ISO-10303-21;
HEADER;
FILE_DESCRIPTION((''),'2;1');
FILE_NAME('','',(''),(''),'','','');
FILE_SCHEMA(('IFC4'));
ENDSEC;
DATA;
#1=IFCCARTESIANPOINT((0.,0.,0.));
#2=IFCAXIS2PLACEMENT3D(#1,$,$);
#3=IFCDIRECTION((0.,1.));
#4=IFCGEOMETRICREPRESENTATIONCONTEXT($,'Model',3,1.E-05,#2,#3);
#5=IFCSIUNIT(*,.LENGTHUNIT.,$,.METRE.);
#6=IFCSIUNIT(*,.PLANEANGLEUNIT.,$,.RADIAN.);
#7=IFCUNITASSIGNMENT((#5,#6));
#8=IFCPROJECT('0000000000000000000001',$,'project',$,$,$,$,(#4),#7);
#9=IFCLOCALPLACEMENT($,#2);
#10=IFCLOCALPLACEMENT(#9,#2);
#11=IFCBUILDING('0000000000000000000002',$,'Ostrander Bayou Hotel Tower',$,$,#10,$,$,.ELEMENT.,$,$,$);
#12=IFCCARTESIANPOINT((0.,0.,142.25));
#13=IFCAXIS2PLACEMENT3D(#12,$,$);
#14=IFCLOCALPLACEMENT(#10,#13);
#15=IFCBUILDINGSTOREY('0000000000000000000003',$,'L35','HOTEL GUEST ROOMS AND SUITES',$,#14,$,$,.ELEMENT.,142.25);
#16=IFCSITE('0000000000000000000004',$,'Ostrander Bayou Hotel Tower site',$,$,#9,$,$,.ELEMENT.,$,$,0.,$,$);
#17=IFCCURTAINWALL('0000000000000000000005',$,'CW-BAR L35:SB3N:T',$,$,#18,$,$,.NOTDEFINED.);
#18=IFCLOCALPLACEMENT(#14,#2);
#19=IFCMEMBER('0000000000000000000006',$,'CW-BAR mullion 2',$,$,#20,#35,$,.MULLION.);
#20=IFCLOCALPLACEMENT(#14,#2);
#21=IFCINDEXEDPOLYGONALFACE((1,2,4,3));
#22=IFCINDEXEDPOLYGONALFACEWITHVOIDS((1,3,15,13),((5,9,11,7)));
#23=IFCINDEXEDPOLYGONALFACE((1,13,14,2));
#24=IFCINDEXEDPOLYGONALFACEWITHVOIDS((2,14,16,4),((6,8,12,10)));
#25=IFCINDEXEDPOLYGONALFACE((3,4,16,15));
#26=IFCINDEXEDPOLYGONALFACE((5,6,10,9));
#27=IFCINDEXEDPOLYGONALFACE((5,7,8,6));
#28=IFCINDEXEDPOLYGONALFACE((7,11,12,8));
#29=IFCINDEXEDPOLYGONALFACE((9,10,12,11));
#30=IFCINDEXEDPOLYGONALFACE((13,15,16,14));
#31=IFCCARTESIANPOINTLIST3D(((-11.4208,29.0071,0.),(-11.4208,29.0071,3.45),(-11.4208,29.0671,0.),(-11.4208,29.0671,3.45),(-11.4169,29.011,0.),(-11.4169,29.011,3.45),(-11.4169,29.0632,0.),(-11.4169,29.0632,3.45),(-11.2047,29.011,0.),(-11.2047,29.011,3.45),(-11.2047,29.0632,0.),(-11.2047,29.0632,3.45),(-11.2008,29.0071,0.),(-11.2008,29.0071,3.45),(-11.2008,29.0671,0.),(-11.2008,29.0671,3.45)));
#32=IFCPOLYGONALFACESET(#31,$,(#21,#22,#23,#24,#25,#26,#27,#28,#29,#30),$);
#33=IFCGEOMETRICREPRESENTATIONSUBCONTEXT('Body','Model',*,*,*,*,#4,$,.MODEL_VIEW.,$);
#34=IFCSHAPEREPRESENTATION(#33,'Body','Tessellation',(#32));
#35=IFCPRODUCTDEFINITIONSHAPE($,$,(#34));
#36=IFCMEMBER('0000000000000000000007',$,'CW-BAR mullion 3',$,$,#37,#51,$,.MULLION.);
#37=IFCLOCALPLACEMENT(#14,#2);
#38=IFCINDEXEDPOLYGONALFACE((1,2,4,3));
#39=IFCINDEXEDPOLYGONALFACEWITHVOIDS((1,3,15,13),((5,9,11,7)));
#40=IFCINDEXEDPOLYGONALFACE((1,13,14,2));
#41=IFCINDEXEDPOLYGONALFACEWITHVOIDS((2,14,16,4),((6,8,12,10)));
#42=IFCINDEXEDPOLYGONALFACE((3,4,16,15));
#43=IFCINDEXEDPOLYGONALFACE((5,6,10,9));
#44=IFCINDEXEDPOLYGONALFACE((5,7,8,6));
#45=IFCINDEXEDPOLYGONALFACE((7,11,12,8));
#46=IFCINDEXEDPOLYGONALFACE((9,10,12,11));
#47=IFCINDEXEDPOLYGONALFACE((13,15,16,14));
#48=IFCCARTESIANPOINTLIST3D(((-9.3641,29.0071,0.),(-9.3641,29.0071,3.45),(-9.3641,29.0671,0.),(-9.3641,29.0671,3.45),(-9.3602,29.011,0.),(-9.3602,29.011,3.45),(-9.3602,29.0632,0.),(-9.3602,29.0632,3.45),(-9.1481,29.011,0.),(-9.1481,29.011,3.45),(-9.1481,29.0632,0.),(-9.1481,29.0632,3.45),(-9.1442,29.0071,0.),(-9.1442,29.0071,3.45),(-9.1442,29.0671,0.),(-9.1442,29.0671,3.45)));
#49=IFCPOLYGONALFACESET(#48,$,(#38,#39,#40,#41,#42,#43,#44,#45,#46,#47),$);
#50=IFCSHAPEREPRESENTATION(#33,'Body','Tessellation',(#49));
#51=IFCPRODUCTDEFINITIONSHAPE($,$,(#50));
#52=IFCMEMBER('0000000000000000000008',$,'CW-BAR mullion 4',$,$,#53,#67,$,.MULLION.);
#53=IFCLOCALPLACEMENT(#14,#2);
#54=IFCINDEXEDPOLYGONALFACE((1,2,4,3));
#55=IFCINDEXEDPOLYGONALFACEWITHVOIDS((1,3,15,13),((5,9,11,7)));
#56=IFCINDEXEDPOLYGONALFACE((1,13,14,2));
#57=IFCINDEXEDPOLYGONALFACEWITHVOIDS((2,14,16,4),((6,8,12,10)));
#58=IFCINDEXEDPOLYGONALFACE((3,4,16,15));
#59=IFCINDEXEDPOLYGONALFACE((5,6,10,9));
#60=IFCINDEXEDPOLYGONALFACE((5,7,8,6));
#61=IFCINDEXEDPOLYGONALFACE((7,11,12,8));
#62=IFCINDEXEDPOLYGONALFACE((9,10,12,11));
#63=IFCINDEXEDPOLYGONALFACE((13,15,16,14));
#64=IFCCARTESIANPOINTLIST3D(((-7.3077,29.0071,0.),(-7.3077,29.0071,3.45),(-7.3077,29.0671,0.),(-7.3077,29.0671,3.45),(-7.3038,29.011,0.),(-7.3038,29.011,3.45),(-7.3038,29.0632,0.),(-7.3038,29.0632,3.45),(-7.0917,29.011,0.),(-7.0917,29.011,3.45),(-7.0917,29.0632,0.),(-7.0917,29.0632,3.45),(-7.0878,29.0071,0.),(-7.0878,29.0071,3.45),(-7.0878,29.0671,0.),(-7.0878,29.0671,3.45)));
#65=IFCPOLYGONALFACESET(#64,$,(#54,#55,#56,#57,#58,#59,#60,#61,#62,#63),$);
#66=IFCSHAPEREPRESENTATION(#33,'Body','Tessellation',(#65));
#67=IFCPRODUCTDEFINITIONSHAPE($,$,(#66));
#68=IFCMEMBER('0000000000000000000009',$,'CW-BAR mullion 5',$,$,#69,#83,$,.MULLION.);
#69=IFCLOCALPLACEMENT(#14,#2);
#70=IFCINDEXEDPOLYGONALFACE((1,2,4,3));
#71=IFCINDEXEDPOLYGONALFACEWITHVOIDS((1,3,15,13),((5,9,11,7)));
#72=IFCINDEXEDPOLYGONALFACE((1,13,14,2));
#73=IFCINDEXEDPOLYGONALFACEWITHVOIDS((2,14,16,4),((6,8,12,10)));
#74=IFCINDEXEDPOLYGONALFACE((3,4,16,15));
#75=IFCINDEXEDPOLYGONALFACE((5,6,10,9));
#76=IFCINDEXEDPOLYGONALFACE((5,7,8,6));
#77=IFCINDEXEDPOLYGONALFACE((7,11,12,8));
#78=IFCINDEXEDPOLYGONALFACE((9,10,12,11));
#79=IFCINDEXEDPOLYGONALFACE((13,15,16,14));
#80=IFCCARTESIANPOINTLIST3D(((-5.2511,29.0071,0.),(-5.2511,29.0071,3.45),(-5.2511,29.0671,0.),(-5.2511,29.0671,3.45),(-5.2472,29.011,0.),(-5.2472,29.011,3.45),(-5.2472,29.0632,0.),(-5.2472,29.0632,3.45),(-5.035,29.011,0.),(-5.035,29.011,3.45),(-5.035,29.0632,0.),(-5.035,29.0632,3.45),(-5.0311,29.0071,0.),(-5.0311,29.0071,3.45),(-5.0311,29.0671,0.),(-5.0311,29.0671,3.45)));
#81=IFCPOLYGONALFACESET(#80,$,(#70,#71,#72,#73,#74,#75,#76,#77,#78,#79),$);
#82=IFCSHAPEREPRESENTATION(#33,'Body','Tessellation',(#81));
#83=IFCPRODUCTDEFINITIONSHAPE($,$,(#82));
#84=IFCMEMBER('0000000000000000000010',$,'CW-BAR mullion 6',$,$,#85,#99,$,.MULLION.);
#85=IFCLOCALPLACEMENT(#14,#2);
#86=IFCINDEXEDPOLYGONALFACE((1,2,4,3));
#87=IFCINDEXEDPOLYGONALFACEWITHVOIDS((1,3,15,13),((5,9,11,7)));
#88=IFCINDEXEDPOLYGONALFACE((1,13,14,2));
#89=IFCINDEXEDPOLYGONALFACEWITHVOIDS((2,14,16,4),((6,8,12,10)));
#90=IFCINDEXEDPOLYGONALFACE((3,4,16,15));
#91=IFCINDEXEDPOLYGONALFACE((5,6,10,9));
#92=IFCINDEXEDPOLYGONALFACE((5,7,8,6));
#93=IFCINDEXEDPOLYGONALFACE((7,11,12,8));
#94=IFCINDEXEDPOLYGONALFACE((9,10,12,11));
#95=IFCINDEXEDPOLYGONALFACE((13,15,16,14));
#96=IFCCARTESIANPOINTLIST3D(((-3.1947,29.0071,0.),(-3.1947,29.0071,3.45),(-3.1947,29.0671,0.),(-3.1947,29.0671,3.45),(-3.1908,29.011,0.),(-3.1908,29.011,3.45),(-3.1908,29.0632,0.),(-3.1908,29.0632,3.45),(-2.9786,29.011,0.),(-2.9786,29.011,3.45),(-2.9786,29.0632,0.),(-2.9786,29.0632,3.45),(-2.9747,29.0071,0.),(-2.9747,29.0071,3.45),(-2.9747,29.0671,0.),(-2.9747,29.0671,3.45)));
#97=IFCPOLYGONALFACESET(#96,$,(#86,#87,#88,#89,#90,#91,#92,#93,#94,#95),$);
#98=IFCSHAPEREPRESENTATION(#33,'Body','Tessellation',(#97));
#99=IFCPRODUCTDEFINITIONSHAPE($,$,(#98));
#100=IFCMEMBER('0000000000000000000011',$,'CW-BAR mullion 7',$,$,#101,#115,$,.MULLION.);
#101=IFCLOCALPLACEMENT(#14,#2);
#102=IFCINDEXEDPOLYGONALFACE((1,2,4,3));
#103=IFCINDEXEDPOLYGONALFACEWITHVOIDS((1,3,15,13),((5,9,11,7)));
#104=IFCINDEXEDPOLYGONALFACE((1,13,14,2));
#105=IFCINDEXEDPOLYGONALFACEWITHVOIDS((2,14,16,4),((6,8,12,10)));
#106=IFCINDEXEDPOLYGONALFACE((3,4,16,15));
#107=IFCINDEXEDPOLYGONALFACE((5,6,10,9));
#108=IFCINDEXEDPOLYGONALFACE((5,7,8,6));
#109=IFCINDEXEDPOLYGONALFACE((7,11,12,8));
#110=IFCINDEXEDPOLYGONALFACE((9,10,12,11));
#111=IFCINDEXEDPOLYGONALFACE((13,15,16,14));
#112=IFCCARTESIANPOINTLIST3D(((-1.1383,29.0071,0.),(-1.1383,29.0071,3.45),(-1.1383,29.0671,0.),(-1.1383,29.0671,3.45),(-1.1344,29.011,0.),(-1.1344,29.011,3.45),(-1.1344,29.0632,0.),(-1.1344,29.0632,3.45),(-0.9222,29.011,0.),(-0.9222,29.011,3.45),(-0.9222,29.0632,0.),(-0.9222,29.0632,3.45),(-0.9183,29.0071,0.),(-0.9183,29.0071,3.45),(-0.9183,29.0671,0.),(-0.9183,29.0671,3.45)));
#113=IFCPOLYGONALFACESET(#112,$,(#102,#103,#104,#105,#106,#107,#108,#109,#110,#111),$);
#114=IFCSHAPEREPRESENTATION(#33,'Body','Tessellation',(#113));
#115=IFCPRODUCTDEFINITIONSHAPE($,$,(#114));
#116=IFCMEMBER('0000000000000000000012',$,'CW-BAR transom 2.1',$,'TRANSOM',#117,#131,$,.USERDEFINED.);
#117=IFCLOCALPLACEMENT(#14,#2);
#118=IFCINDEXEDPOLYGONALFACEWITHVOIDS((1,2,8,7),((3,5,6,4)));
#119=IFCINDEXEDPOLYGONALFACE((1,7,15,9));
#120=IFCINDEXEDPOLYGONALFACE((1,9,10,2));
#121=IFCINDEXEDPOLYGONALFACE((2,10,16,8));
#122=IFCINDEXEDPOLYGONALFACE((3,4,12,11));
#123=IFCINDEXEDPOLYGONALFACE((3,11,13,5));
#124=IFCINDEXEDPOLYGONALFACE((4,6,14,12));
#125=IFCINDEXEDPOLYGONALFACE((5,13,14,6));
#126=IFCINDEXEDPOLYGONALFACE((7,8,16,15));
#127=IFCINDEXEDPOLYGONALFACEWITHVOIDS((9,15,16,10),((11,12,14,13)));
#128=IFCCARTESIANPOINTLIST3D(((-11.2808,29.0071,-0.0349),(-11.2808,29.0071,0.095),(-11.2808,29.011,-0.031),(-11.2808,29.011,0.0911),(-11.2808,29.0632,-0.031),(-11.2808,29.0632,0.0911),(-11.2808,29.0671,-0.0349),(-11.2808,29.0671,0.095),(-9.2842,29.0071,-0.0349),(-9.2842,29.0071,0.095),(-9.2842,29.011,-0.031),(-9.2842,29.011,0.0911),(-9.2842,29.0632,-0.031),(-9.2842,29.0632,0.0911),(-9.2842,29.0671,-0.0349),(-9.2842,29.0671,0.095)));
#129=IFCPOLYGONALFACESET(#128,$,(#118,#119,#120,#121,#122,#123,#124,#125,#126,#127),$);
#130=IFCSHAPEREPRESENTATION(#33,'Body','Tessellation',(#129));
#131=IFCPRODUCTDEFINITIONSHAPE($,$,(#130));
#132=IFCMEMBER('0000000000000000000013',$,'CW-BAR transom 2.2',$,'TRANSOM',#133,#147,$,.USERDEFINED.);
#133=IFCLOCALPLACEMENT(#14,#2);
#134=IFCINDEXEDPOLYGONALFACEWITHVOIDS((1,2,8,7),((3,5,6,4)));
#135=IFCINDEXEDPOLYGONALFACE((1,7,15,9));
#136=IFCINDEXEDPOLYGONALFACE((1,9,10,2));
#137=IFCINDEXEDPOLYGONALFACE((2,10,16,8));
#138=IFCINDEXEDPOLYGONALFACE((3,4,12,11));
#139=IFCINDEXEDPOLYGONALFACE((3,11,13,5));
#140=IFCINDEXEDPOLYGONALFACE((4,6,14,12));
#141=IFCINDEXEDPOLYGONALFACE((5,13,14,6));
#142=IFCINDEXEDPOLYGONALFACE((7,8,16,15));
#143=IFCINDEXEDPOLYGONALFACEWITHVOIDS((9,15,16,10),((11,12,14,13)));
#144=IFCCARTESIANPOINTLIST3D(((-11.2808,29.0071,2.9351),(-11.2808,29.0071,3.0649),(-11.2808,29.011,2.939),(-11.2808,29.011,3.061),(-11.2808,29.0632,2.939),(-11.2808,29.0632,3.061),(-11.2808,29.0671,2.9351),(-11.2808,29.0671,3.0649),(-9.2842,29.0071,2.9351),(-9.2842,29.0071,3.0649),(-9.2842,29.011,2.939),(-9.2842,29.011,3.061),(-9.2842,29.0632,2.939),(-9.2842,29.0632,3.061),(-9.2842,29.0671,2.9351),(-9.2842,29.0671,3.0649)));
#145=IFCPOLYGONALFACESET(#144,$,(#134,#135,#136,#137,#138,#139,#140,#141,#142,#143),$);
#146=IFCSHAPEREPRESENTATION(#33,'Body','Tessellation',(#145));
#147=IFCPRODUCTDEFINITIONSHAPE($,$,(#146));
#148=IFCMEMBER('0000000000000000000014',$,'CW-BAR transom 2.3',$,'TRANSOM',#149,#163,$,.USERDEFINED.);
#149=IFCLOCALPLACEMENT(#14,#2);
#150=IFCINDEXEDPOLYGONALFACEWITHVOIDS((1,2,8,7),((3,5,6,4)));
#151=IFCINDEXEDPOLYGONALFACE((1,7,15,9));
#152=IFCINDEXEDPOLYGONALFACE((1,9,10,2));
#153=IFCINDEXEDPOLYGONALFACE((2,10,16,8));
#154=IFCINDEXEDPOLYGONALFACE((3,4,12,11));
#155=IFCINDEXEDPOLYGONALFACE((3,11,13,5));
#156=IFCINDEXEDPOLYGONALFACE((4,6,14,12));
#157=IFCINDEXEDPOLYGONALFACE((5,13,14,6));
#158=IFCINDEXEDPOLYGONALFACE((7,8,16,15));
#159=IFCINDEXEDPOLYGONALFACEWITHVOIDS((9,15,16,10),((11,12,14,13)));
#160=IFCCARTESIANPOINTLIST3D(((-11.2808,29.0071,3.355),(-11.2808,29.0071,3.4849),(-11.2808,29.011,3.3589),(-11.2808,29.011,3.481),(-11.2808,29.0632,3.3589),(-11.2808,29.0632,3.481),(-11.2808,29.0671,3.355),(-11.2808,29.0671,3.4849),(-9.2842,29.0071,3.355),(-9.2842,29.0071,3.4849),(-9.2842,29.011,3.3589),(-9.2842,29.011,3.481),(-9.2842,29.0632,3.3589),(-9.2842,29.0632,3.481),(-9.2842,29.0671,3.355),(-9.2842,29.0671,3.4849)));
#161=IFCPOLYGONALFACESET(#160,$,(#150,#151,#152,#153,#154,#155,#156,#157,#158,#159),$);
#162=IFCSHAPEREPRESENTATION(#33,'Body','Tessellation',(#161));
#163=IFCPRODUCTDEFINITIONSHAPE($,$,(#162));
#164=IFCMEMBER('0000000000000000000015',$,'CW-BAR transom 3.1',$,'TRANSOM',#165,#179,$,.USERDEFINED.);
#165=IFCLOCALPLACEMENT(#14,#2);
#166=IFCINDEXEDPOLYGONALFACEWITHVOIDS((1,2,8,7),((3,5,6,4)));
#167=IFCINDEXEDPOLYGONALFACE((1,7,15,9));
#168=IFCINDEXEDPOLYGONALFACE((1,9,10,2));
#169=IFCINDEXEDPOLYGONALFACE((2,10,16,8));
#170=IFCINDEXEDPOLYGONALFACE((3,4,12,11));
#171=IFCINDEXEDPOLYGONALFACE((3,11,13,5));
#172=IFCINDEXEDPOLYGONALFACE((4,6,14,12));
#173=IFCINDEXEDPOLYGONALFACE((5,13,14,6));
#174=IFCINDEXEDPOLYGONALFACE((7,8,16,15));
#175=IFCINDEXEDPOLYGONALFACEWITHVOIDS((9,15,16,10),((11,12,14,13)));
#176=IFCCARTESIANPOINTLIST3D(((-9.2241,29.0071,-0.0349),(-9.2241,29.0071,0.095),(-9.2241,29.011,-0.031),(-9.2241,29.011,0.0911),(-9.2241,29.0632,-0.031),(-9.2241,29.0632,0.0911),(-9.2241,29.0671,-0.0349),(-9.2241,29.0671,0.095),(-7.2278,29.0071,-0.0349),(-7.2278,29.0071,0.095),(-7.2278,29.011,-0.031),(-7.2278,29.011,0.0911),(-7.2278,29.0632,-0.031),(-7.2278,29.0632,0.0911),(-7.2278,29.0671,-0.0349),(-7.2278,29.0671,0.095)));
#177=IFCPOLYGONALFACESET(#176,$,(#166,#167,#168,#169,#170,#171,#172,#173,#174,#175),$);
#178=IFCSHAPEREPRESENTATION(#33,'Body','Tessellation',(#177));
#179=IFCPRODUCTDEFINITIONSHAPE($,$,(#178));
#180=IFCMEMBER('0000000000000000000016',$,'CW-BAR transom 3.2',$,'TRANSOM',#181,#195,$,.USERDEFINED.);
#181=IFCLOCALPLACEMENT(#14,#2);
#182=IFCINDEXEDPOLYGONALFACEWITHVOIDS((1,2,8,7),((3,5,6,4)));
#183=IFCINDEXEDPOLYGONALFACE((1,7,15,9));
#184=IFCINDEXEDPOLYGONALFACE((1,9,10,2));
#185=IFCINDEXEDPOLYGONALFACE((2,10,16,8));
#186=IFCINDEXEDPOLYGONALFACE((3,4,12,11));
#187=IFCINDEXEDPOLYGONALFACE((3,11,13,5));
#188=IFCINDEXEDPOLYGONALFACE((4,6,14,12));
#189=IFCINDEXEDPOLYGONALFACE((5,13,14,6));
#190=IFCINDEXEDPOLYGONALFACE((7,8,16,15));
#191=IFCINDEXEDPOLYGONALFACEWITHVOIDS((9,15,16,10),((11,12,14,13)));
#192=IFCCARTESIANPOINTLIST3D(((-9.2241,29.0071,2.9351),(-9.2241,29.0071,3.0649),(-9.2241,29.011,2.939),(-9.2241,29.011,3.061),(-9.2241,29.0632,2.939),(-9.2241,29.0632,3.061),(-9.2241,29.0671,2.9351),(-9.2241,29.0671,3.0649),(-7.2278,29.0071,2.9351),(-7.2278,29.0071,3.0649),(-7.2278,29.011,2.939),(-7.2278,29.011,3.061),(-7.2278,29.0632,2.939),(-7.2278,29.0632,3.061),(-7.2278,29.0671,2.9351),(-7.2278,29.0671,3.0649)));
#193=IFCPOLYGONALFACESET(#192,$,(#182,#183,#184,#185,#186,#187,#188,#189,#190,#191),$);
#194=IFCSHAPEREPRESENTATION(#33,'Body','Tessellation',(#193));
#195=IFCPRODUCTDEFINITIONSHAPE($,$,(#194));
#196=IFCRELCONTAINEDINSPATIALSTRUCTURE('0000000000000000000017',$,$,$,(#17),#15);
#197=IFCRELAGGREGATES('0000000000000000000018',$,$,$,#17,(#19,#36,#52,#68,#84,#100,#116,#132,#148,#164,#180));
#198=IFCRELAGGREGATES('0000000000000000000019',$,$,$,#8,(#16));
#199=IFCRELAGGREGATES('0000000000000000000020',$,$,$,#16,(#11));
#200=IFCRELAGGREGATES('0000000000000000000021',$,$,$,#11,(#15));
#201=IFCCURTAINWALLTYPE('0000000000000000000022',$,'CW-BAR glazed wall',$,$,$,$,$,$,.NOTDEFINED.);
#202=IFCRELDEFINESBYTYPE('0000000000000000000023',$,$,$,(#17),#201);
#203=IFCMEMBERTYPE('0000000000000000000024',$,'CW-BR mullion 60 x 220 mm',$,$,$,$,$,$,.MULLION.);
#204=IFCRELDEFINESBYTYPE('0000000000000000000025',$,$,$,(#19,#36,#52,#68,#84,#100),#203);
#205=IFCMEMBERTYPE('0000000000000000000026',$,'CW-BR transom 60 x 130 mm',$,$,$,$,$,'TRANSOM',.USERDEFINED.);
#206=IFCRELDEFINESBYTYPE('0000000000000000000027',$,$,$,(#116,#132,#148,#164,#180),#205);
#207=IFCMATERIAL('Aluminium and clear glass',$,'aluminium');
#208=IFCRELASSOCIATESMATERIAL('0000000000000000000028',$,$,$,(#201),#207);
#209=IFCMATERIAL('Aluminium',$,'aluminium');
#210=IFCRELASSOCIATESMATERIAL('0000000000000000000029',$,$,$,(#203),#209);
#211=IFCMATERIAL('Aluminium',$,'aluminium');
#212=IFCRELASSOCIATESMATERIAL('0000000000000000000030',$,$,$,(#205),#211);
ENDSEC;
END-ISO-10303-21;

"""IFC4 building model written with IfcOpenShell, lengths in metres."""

from ifc_helpers import new_model, si_unit, direction, frame, origin, origin_2d, place, context, subcontext, project, spatial, hollow_rectangle, extrude, material, material_profile, profile_set, type_object, element, aggregate, save


model = new_model("IFC4")

# Units and contexts
model_context = context("Model", 3, precision=1e-05, world=origin(), true_north=direction((0.0, 1.0)))
body_context = subcontext(model_context, "Body", "Model", "MODEL_VIEW")
ifc_project = project(units=[si_unit("LENGTHUNIT", "METRE"), si_unit("PLANEANGLEUNIT", "RADIAN")], contexts=[model_context])

# Site, building, storey
site_placement = place(None, origin())
site = spatial("IfcSite", under=ifc_project, at=site_placement, Name="Ostrander Bayou Hotel Tower site", CompositionType="ELEMENT", RefElevation=0.0)
building_placement = place(site_placement, origin())
building = spatial("IfcBuilding", under=site, at=building_placement, Name="Ostrander Bayou Hotel Tower", CompositionType="ELEMENT")
storey_placement = place(building_placement, frame((0.0, 0.0, 142.25)))
storey = spatial("IfcBuildingStorey", under=building, at=storey_placement, Name="L35", Description="HOTEL GUEST ROOMS AND SUITES", CompositionType="ELEMENT", Elevation=142.25)

# Curtain wall, members
ifc_material_1 = material(Name="Aluminium and clear glass", Category="aluminium")
curtain_wall_type = type_object("IfcCurtainWallType", Name="CW-BAR glazed wall", PredefinedType="NOTDEFINED", material=ifc_material_1)
curtain_wall_placement = place(storey_placement, origin())
curtain_wall = element("IfcCurtainWall", 1, at=curtain_wall_placement, inside=storey, type_object=curtain_wall_type, Name="CW-BAR L35:SB3N:T", PredefinedType="NOTDEFINED")
ifc_material_2 = material(Name="Aluminium", Category="aluminium")
ifc_material_profile_1 = material_profile(ifc_material_2, hollow_rectangle(XDim=0.0601, YDim=0.22, WallThickness=0.0039, at=origin_2d()))
ifc_profile_set_1 = profile_set([ifc_material_profile_1], Name="Aluminium")
member_type_1 = type_object("IfcMemberType", Name="CW-BR mullion 60 x 220 mm", PredefinedType="MULLION", material=ifc_profile_set_1)
member_1_placement = place(storey_placement, frame((-11.3108, 29.0371, 0.0), z_axis=(0.0, 0.0, 1.0), x_axis=(0.0, 1.0, 0.0)))
member_1 = element("IfcMember", 2, at=member_1_placement, type_object=member_type_1, Name="CW-BAR mullion 2", PredefinedType="MULLION", context=body_context, shape_type="SweptSolid", body=[
    extrude(hollow_rectangle(XDim=0.0601, YDim=0.22, WallThickness=0.0039, at=origin_2d()), origin(), (0.0, 0.0, 1.0), 3.45),
])
member_2_placement = place(storey_placement, frame((-9.2542, 29.0371, 0.0), z_axis=(0.0, 0.0, 1.0), x_axis=(0.0, 1.0, 0.0)))
member_2 = element("IfcMember", 3, at=member_2_placement, type_object=member_type_1, Name="CW-BAR mullion 3", PredefinedType="MULLION", context=body_context, shape_type="SweptSolid", body=[
    extrude(hollow_rectangle(XDim=0.0601, YDim=0.22, WallThickness=0.0039, at=origin_2d()), origin(), (0.0, 0.0, 1.0), 3.45),
])
member_3_placement = place(storey_placement, frame((-7.1978, 29.0371, 0.0), z_axis=(0.0, 0.0, 1.0), x_axis=(0.0, 1.0, 0.0)))
member_3 = element("IfcMember", 4, at=member_3_placement, type_object=member_type_1, Name="CW-BAR mullion 4", PredefinedType="MULLION", context=body_context, shape_type="SweptSolid", body=[
    extrude(hollow_rectangle(XDim=0.0601, YDim=0.22, WallThickness=0.0039, at=origin_2d()), origin(), (0.0, 0.0, 1.0), 3.45),
])
member_4_placement = place(storey_placement, frame((-5.1411, 29.0371, 0.0), z_axis=(0.0, 0.0, 1.0), x_axis=(0.0, 1.0, 0.0)))
member_4 = element("IfcMember", 5, at=member_4_placement, type_object=member_type_1, Name="CW-BAR mullion 5", PredefinedType="MULLION", context=body_context, shape_type="SweptSolid", body=[
    extrude(hollow_rectangle(XDim=0.0601, YDim=0.22, WallThickness=0.0039, at=origin_2d()), origin(), (0.0, 0.0, 1.0), 3.45),
])
member_5_placement = place(storey_placement, frame((-3.0847, 29.0371, 0.0), z_axis=(0.0, 0.0, 1.0), x_axis=(0.0, 1.0, 0.0)))
member_5 = element("IfcMember", 6, at=member_5_placement, type_object=member_type_1, Name="CW-BAR mullion 6", PredefinedType="MULLION", context=body_context, shape_type="SweptSolid", body=[
    extrude(hollow_rectangle(XDim=0.0601, YDim=0.22, WallThickness=0.0039, at=origin_2d()), origin(), (0.0, 0.0, 1.0), 3.45),
])
member_6_placement = place(storey_placement, frame((-1.0283, 29.0371, 0.0), z_axis=(0.0, 0.0, 1.0), x_axis=(0.0, 1.0, 0.0)))
member_6 = element("IfcMember", 7, at=member_6_placement, type_object=member_type_1, Name="CW-BAR mullion 7", PredefinedType="MULLION", context=body_context, shape_type="SweptSolid", body=[
    extrude(hollow_rectangle(XDim=0.0601, YDim=0.22, WallThickness=0.0039, at=origin_2d()), origin(), (0.0, 0.0, 1.0), 3.45),
])
ifc_material_3 = material(Name="Aluminium", Category="aluminium")
ifc_material_profile_2 = material_profile(ifc_material_3, hollow_rectangle(XDim=0.0601, YDim=0.1299, WallThickness=0.0039, at=origin_2d()))
ifc_profile_set_2 = profile_set([ifc_material_profile_2], Name="Aluminium")
member_type_2 = type_object("IfcMemberType", Name="CW-BR transom 60 x 130 mm", ElementType="TRANSOM", PredefinedType="USERDEFINED", material=ifc_profile_set_2)
member_7_placement = place(storey_placement, frame((-11.2808, 29.0371, 0.03), z_axis=(1.0, 0.0, 0.0), x_axis=(0.0, 1.0, 0.0)))
member_7 = element("IfcMember", 8, at=member_7_placement, type_object=member_type_2, Name="CW-BAR transom 2.1", ObjectType="TRANSOM", PredefinedType="USERDEFINED", context=body_context, shape_type="SweptSolid", body=[
    extrude(hollow_rectangle(XDim=0.0601, YDim=0.1299, WallThickness=0.0039, at=origin_2d()), origin(), (0.0, 0.0, 1.0), 1.9966),
])
member_8_placement = place(storey_placement, frame((-11.2808, 29.0371, 3.0), z_axis=(1.0, 0.0, 0.0), x_axis=(0.0, 1.0, 0.0)))
member_8 = element("IfcMember", 9, at=member_8_placement, type_object=member_type_2, Name="CW-BAR transom 2.2", ObjectType="TRANSOM", PredefinedType="USERDEFINED", context=body_context, shape_type="SweptSolid", body=[
    extrude(hollow_rectangle(XDim=0.0601, YDim=0.1299, WallThickness=0.0039, at=origin_2d()), origin(), (0.0, 0.0, 1.0), 1.9966),
])
member_9_placement = place(storey_placement, frame((-11.2808, 29.0371, 3.4199), z_axis=(1.0, 0.0, 0.0), x_axis=(0.0, 1.0, 0.0)))
member_9 = element("IfcMember", 10, at=member_9_placement, type_object=member_type_2, Name="CW-BAR transom 2.3", ObjectType="TRANSOM", PredefinedType="USERDEFINED", context=body_context, shape_type="SweptSolid", body=[
    extrude(hollow_rectangle(XDim=0.0601, YDim=0.1299, WallThickness=0.0039, at=origin_2d()), origin(), (0.0, 0.0, 1.0), 1.9966),
])
member_10_placement = place(storey_placement, frame((-9.2241, 29.0371, 0.03), z_axis=(1.0, 0.0, 0.0), x_axis=(0.0, 1.0, 0.0)))
member_10 = element("IfcMember", 11, at=member_10_placement, type_object=member_type_2, Name="CW-BAR transom 3.1", ObjectType="TRANSOM", PredefinedType="USERDEFINED", context=body_context, shape_type="SweptSolid", body=[
    extrude(hollow_rectangle(XDim=0.0601, YDim=0.1299, WallThickness=0.0039, at=origin_2d()), origin(), (0.0, 0.0, 1.0), 1.9963),
])
member_11_placement = place(storey_placement, frame((-9.2241, 29.0371, 3.0), z_axis=(1.0, 0.0, 0.0), x_axis=(0.0, 1.0, 0.0)))
member_11 = element("IfcMember", 12, at=member_11_placement, type_object=member_type_2, Name="CW-BAR transom 3.2", ObjectType="TRANSOM", PredefinedType="USERDEFINED", context=body_context, shape_type="SweptSolid", body=[
    extrude(hollow_rectangle(XDim=0.0601, YDim=0.1299, WallThickness=0.0039, at=origin_2d()), origin(), (0.0, 0.0, 1.0), 1.9963),
])
aggregate(curtain_wall, [member_1, member_2, member_3, member_4, member_5, member_6, member_7, member_8, member_9, member_10, member_11])

save(model, "model.ifc")
